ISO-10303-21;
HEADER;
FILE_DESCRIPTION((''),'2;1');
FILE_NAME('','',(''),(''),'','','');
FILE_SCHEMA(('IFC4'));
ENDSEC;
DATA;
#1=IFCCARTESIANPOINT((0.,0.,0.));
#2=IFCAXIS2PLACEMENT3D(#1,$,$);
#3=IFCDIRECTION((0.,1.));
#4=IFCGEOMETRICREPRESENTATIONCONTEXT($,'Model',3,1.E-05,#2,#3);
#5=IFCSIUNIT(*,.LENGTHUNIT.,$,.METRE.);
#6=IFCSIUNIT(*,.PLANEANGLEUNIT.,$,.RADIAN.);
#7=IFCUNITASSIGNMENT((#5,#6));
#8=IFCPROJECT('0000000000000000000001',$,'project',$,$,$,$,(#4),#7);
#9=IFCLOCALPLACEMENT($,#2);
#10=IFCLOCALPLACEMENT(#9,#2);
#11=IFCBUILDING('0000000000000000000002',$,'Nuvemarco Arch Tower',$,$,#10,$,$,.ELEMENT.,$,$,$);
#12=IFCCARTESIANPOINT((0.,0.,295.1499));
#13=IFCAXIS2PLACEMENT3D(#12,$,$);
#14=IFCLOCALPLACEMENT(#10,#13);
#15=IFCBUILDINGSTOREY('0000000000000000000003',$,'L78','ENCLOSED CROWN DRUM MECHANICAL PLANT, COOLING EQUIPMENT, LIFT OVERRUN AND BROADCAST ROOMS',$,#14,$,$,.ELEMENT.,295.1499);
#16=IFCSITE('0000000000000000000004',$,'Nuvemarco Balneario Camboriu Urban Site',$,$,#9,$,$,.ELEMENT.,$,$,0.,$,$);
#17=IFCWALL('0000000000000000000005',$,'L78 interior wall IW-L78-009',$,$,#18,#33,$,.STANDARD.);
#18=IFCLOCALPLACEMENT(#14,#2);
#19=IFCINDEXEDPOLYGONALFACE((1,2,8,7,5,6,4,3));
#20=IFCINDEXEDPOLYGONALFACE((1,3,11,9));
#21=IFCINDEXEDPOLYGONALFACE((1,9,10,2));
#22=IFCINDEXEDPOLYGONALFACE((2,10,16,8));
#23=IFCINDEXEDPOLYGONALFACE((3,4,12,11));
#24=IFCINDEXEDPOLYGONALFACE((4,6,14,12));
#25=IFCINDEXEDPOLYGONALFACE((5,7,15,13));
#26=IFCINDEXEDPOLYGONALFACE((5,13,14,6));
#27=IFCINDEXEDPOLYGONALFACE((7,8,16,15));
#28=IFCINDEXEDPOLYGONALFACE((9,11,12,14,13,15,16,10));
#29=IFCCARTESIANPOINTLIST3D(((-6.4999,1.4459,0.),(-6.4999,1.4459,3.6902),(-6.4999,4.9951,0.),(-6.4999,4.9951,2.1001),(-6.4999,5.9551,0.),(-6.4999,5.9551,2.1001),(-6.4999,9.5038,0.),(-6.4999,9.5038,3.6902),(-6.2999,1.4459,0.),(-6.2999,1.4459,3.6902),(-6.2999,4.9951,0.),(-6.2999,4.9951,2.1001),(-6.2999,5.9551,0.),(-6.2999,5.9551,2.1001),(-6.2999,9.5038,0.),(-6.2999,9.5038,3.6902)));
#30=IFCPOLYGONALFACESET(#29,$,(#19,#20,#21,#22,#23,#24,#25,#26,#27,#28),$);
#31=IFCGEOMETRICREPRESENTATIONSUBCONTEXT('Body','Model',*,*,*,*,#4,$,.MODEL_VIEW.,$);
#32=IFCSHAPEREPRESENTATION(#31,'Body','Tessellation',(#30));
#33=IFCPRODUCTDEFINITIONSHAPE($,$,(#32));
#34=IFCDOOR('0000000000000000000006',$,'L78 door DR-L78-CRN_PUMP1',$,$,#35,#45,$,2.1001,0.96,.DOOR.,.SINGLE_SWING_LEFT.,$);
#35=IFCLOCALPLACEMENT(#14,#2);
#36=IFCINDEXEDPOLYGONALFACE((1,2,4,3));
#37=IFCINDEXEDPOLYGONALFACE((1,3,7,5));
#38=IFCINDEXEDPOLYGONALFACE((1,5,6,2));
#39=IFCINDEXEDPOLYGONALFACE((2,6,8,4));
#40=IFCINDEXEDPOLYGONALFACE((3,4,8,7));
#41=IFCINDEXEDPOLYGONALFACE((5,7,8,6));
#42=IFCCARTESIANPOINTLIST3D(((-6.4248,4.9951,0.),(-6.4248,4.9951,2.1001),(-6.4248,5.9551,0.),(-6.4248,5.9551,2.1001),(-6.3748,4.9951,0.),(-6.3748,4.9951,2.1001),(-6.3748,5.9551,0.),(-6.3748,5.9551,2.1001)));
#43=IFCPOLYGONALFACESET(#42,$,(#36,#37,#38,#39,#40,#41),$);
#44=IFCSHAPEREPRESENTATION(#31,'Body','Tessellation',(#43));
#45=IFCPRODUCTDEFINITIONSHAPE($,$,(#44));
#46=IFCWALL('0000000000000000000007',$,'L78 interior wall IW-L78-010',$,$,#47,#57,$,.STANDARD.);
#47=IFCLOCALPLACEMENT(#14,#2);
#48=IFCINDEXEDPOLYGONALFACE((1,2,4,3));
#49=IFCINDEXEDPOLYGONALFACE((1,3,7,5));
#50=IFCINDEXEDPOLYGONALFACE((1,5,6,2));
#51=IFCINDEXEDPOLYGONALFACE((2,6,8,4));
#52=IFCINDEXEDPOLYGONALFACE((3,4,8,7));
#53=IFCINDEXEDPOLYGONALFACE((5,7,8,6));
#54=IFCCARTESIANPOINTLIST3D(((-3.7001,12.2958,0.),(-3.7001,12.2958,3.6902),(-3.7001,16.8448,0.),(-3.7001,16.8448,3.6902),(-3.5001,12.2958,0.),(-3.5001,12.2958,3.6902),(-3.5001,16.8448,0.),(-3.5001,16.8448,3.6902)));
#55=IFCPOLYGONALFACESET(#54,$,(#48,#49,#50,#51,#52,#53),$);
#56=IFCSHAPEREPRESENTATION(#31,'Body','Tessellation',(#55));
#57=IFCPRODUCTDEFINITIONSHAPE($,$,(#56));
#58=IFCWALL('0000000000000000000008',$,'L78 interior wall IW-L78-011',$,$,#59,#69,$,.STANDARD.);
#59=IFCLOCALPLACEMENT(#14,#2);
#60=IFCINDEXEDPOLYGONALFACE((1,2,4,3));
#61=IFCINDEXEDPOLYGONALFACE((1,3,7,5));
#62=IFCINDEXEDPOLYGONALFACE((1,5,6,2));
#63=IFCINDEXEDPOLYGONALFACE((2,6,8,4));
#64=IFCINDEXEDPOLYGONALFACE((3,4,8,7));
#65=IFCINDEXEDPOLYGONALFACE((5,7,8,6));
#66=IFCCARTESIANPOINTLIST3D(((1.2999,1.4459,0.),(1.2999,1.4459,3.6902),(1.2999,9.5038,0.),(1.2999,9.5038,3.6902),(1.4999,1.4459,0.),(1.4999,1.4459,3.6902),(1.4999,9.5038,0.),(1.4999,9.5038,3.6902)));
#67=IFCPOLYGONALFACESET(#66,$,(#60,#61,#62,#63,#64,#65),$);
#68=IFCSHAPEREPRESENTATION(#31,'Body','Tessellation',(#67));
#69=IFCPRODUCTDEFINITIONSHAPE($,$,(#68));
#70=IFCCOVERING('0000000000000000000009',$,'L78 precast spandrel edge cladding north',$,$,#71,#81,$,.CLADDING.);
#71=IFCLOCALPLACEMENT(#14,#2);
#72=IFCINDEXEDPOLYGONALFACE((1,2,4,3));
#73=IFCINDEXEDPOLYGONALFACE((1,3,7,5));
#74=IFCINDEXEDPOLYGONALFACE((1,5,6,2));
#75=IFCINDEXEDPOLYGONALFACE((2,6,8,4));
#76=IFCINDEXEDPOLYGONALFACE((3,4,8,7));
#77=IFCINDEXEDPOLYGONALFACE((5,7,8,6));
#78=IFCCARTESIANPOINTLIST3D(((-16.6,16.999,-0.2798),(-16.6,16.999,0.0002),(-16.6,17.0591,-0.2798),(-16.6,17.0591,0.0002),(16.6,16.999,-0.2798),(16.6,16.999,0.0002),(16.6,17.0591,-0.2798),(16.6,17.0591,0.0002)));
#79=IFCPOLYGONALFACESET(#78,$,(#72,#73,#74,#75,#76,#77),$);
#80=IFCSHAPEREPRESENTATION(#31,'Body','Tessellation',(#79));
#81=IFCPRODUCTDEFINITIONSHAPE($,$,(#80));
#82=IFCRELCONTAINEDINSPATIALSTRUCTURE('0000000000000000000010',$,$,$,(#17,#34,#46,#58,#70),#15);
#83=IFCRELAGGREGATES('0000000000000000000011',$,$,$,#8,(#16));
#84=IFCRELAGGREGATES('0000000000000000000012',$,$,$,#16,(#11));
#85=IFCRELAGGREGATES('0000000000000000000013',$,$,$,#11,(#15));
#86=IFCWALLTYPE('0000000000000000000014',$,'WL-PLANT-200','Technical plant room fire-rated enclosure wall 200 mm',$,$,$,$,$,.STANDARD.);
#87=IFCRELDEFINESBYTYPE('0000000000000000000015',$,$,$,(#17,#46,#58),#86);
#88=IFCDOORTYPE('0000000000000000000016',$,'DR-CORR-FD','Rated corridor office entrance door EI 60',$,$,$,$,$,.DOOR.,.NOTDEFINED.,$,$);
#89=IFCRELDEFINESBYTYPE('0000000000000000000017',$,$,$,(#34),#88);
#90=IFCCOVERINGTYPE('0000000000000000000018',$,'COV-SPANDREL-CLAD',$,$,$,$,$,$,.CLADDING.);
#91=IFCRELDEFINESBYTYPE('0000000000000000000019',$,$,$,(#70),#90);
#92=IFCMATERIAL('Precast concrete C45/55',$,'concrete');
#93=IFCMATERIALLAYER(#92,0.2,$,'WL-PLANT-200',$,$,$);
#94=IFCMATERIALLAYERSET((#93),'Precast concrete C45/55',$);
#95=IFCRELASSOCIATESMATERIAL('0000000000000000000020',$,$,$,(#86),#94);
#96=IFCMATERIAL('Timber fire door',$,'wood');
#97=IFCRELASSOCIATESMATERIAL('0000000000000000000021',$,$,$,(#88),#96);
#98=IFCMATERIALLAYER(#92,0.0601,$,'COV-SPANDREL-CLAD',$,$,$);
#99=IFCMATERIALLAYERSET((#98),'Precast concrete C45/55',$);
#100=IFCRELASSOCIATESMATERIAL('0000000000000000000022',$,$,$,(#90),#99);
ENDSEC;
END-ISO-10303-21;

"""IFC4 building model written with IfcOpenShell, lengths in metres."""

from ifc_helpers import new_model, si_unit, direction, frame, frame_2d, origin, origin_2d, place, context, subcontext, project, spatial, rectangle, extrude, source, transform, mapped, material, layer, layer_set, type_object, type_shapes, element, fill, save


model = new_model("IFC4")

# Units and contexts
model_context = context("Model", 3, precision=1e-05, world=origin(), true_north=direction((0.0, 1.0)))
body_context = subcontext(model_context, "Body", "Model", "MODEL_VIEW")
ifc_project = project(units=[si_unit("LENGTHUNIT", "METRE"), si_unit("PLANEANGLEUNIT", "RADIAN")], contexts=[model_context])

# Site, building, storey
site_placement = place(None, origin())
site = spatial("IfcSite", under=ifc_project, at=site_placement, Name="Nuvemarco Balneario Camboriu Urban Site", CompositionType="ELEMENT", RefElevation=0.0)
building_placement = place(site_placement, origin())
building = spatial("IfcBuilding", under=site, at=building_placement, Name="Nuvemarco Arch Tower", CompositionType="ELEMENT")
storey_placement = place(building_placement, frame((0.0, 0.0, 295.1499)))
storey = spatial("IfcBuildingStorey", under=building, at=storey_placement, Name="L78", Description="ENCLOSED CROWN DRUM MECHANICAL PLANT, COOLING EQUIPMENT, LIFT OVERRUN AND BROADCAST ROOMS", CompositionType="ELEMENT", Elevation=295.1499)

# Shared definitions
ifc_material_1 = material(Name="Precast concrete C45/55", Category="concrete")

# Wall, opening, door
ifc_layer_1 = layer(ifc_material_1, 0.2, Name="WL-PLANT-200")
ifc_layer_set_1 = layer_set([ifc_layer_1], Name="Precast concrete C45/55")
wall_type_1 = type_object("IfcWallType", Name="WL-PLANT-200", Description="Technical plant room fire-rated enclosure wall 200 mm", PredefinedType="STANDARD", material=ifc_layer_set_1)
wall_1_placement = place(storey_placement, frame((-6.3999, 1.446, 0.0), z_axis=(0.0, 0.0, 1.0), x_axis=(0.0, 1.0, 0.0)))
wall_1 = element("IfcWall", 1, at=wall_1_placement, inside=storey, type_object=wall_type_1, Name="L78 interior wall IW-L78-009", PredefinedType="STANDARD", context=body_context, shape_type="SweptSolid", body=[
    extrude(rectangle(XDim=8.0579, YDim=0.2, at=frame_2d((4.0288, 0.0))), origin(), (0.0, 0.0, 1.0), 3.6902),
])
opening_placement = place(wall_1_placement, frame((3.5491, 0.0, 0.0)))
opening = element("IfcOpeningElement", 2, at=opening_placement, cuts=wall_1, PredefinedType="OPENING", context=body_context, shape_type="SweptSolid", body=[
    extrude(rectangle(XDim=0.96, YDim=2.1001, at=frame_2d((0.48, 1.05))), frame((0.0, 0.1099, 0.0), z_axis=(0.0, -1.0, 0.0), x_axis=(1.0, 0.0, 0.0)), (0.0, 0.0, 1.0), 0.22),
])
ifc_material_2 = material(Name="Timber fire door", Category="wood")
door_type = type_object("IfcDoorType", Name="DR-CORR-FD", Description="Rated corridor office entrance door EI 60", OperationType="NOTDEFINED", PredefinedType="DOOR", material=ifc_material_2)
shared_shape_1 = source(origin(), body_context, "Body", "SweptSolid", [
    extrude(rectangle(XDim=0.96, YDim=2.1001, at=frame_2d((0.48, 1.05))), frame((0.0, 0.0249, 0.0), z_axis=(0.0, -1.0, 0.0), x_axis=(1.0, 0.0, 0.0)), (0.0, 0.0, 1.0), 0.05),
])
type_shapes(door_type, [shared_shape_1])
door_placement = place(opening_placement, origin())
door = element("IfcDoor", 3, at=door_placement, inside=storey, type_object=door_type, Name="L78 door DR-L78-CRN_PUMP1", OperationType="SINGLE_SWING_LEFT", OverallHeight=2.1001, OverallWidth=0.96, PredefinedType="DOOR", context=body_context, shape_type="MappedRepresentation", body=[
    mapped(shared_shape_1, transform((0.0, 0.0, 0.0), scale=1.0)),
])
fill(opening, door)

# Walls
wall_2_placement = place(storey_placement, frame((-3.6001, 12.2959, 0.0), z_axis=(0.0, 0.0, 1.0), x_axis=(0.0, 1.0, 0.0)))
element("IfcWall", 4, at=wall_2_placement, inside=storey, type_object=wall_type_1, Name="L78 interior wall IW-L78-010", PredefinedType="STANDARD", context=body_context, shape_type="SweptSolid", body=[
    extrude(rectangle(XDim=4.5491, YDim=0.2, at=frame_2d((2.2744, 0.0))), origin(), (0.0, 0.0, 1.0), 3.6902),
])
wall_3_placement = place(storey_placement, frame((1.3999, 1.446, 0.0), z_axis=(0.0, 0.0, 1.0), x_axis=(0.0, 1.0, 0.0)))
element("IfcWall", 5, at=wall_3_placement, inside=storey, type_object=wall_type_1, Name="L78 interior wall IW-L78-011", PredefinedType="STANDARD", context=body_context, shape_type="SweptSolid", body=[
    extrude(rectangle(XDim=8.0579, YDim=0.2, at=frame_2d((4.0288, 0.0))), origin(), (0.0, 0.0, 1.0), 3.6902),
])

# Covering
ifc_layer_2 = layer(ifc_material_1, 0.0601, Name="COV-SPANDREL-CLAD")
ifc_layer_set_2 = layer_set([ifc_layer_2], Name="Precast concrete C45/55")
covering_type = type_object("IfcCoveringType", Name="COV-SPANDREL-CLAD", PredefinedType="CLADDING", material=ifc_layer_set_2)
shared_shape_2 = source(origin(), body_context, "Body", "SweptSolid", [
    extrude(rectangle(XDim=33.2, YDim=0.0601, at=origin_2d()), origin(), (0.0, 0.0, 1.0), 0.28),
])
type_shapes(covering_type, [shared_shape_2])
covering_placement = place(storey_placement, frame((0.0, 17.0291, -0.2798), z_axis=(0.0, 0.0, 1.0), x_axis=(1.0, 0.0, 0.0)))
element("IfcCovering", 6, at=covering_placement, inside=storey, type_object=covering_type, Name="L78 precast spandrel edge cladding north", PredefinedType="CLADDING", context=body_context, shape_type="MappedRepresentation", body=[
    mapped(shared_shape_2, transform((0.0, 0.0, 0.0), scale=1.0)),
])

save(model, "model.ifc")
